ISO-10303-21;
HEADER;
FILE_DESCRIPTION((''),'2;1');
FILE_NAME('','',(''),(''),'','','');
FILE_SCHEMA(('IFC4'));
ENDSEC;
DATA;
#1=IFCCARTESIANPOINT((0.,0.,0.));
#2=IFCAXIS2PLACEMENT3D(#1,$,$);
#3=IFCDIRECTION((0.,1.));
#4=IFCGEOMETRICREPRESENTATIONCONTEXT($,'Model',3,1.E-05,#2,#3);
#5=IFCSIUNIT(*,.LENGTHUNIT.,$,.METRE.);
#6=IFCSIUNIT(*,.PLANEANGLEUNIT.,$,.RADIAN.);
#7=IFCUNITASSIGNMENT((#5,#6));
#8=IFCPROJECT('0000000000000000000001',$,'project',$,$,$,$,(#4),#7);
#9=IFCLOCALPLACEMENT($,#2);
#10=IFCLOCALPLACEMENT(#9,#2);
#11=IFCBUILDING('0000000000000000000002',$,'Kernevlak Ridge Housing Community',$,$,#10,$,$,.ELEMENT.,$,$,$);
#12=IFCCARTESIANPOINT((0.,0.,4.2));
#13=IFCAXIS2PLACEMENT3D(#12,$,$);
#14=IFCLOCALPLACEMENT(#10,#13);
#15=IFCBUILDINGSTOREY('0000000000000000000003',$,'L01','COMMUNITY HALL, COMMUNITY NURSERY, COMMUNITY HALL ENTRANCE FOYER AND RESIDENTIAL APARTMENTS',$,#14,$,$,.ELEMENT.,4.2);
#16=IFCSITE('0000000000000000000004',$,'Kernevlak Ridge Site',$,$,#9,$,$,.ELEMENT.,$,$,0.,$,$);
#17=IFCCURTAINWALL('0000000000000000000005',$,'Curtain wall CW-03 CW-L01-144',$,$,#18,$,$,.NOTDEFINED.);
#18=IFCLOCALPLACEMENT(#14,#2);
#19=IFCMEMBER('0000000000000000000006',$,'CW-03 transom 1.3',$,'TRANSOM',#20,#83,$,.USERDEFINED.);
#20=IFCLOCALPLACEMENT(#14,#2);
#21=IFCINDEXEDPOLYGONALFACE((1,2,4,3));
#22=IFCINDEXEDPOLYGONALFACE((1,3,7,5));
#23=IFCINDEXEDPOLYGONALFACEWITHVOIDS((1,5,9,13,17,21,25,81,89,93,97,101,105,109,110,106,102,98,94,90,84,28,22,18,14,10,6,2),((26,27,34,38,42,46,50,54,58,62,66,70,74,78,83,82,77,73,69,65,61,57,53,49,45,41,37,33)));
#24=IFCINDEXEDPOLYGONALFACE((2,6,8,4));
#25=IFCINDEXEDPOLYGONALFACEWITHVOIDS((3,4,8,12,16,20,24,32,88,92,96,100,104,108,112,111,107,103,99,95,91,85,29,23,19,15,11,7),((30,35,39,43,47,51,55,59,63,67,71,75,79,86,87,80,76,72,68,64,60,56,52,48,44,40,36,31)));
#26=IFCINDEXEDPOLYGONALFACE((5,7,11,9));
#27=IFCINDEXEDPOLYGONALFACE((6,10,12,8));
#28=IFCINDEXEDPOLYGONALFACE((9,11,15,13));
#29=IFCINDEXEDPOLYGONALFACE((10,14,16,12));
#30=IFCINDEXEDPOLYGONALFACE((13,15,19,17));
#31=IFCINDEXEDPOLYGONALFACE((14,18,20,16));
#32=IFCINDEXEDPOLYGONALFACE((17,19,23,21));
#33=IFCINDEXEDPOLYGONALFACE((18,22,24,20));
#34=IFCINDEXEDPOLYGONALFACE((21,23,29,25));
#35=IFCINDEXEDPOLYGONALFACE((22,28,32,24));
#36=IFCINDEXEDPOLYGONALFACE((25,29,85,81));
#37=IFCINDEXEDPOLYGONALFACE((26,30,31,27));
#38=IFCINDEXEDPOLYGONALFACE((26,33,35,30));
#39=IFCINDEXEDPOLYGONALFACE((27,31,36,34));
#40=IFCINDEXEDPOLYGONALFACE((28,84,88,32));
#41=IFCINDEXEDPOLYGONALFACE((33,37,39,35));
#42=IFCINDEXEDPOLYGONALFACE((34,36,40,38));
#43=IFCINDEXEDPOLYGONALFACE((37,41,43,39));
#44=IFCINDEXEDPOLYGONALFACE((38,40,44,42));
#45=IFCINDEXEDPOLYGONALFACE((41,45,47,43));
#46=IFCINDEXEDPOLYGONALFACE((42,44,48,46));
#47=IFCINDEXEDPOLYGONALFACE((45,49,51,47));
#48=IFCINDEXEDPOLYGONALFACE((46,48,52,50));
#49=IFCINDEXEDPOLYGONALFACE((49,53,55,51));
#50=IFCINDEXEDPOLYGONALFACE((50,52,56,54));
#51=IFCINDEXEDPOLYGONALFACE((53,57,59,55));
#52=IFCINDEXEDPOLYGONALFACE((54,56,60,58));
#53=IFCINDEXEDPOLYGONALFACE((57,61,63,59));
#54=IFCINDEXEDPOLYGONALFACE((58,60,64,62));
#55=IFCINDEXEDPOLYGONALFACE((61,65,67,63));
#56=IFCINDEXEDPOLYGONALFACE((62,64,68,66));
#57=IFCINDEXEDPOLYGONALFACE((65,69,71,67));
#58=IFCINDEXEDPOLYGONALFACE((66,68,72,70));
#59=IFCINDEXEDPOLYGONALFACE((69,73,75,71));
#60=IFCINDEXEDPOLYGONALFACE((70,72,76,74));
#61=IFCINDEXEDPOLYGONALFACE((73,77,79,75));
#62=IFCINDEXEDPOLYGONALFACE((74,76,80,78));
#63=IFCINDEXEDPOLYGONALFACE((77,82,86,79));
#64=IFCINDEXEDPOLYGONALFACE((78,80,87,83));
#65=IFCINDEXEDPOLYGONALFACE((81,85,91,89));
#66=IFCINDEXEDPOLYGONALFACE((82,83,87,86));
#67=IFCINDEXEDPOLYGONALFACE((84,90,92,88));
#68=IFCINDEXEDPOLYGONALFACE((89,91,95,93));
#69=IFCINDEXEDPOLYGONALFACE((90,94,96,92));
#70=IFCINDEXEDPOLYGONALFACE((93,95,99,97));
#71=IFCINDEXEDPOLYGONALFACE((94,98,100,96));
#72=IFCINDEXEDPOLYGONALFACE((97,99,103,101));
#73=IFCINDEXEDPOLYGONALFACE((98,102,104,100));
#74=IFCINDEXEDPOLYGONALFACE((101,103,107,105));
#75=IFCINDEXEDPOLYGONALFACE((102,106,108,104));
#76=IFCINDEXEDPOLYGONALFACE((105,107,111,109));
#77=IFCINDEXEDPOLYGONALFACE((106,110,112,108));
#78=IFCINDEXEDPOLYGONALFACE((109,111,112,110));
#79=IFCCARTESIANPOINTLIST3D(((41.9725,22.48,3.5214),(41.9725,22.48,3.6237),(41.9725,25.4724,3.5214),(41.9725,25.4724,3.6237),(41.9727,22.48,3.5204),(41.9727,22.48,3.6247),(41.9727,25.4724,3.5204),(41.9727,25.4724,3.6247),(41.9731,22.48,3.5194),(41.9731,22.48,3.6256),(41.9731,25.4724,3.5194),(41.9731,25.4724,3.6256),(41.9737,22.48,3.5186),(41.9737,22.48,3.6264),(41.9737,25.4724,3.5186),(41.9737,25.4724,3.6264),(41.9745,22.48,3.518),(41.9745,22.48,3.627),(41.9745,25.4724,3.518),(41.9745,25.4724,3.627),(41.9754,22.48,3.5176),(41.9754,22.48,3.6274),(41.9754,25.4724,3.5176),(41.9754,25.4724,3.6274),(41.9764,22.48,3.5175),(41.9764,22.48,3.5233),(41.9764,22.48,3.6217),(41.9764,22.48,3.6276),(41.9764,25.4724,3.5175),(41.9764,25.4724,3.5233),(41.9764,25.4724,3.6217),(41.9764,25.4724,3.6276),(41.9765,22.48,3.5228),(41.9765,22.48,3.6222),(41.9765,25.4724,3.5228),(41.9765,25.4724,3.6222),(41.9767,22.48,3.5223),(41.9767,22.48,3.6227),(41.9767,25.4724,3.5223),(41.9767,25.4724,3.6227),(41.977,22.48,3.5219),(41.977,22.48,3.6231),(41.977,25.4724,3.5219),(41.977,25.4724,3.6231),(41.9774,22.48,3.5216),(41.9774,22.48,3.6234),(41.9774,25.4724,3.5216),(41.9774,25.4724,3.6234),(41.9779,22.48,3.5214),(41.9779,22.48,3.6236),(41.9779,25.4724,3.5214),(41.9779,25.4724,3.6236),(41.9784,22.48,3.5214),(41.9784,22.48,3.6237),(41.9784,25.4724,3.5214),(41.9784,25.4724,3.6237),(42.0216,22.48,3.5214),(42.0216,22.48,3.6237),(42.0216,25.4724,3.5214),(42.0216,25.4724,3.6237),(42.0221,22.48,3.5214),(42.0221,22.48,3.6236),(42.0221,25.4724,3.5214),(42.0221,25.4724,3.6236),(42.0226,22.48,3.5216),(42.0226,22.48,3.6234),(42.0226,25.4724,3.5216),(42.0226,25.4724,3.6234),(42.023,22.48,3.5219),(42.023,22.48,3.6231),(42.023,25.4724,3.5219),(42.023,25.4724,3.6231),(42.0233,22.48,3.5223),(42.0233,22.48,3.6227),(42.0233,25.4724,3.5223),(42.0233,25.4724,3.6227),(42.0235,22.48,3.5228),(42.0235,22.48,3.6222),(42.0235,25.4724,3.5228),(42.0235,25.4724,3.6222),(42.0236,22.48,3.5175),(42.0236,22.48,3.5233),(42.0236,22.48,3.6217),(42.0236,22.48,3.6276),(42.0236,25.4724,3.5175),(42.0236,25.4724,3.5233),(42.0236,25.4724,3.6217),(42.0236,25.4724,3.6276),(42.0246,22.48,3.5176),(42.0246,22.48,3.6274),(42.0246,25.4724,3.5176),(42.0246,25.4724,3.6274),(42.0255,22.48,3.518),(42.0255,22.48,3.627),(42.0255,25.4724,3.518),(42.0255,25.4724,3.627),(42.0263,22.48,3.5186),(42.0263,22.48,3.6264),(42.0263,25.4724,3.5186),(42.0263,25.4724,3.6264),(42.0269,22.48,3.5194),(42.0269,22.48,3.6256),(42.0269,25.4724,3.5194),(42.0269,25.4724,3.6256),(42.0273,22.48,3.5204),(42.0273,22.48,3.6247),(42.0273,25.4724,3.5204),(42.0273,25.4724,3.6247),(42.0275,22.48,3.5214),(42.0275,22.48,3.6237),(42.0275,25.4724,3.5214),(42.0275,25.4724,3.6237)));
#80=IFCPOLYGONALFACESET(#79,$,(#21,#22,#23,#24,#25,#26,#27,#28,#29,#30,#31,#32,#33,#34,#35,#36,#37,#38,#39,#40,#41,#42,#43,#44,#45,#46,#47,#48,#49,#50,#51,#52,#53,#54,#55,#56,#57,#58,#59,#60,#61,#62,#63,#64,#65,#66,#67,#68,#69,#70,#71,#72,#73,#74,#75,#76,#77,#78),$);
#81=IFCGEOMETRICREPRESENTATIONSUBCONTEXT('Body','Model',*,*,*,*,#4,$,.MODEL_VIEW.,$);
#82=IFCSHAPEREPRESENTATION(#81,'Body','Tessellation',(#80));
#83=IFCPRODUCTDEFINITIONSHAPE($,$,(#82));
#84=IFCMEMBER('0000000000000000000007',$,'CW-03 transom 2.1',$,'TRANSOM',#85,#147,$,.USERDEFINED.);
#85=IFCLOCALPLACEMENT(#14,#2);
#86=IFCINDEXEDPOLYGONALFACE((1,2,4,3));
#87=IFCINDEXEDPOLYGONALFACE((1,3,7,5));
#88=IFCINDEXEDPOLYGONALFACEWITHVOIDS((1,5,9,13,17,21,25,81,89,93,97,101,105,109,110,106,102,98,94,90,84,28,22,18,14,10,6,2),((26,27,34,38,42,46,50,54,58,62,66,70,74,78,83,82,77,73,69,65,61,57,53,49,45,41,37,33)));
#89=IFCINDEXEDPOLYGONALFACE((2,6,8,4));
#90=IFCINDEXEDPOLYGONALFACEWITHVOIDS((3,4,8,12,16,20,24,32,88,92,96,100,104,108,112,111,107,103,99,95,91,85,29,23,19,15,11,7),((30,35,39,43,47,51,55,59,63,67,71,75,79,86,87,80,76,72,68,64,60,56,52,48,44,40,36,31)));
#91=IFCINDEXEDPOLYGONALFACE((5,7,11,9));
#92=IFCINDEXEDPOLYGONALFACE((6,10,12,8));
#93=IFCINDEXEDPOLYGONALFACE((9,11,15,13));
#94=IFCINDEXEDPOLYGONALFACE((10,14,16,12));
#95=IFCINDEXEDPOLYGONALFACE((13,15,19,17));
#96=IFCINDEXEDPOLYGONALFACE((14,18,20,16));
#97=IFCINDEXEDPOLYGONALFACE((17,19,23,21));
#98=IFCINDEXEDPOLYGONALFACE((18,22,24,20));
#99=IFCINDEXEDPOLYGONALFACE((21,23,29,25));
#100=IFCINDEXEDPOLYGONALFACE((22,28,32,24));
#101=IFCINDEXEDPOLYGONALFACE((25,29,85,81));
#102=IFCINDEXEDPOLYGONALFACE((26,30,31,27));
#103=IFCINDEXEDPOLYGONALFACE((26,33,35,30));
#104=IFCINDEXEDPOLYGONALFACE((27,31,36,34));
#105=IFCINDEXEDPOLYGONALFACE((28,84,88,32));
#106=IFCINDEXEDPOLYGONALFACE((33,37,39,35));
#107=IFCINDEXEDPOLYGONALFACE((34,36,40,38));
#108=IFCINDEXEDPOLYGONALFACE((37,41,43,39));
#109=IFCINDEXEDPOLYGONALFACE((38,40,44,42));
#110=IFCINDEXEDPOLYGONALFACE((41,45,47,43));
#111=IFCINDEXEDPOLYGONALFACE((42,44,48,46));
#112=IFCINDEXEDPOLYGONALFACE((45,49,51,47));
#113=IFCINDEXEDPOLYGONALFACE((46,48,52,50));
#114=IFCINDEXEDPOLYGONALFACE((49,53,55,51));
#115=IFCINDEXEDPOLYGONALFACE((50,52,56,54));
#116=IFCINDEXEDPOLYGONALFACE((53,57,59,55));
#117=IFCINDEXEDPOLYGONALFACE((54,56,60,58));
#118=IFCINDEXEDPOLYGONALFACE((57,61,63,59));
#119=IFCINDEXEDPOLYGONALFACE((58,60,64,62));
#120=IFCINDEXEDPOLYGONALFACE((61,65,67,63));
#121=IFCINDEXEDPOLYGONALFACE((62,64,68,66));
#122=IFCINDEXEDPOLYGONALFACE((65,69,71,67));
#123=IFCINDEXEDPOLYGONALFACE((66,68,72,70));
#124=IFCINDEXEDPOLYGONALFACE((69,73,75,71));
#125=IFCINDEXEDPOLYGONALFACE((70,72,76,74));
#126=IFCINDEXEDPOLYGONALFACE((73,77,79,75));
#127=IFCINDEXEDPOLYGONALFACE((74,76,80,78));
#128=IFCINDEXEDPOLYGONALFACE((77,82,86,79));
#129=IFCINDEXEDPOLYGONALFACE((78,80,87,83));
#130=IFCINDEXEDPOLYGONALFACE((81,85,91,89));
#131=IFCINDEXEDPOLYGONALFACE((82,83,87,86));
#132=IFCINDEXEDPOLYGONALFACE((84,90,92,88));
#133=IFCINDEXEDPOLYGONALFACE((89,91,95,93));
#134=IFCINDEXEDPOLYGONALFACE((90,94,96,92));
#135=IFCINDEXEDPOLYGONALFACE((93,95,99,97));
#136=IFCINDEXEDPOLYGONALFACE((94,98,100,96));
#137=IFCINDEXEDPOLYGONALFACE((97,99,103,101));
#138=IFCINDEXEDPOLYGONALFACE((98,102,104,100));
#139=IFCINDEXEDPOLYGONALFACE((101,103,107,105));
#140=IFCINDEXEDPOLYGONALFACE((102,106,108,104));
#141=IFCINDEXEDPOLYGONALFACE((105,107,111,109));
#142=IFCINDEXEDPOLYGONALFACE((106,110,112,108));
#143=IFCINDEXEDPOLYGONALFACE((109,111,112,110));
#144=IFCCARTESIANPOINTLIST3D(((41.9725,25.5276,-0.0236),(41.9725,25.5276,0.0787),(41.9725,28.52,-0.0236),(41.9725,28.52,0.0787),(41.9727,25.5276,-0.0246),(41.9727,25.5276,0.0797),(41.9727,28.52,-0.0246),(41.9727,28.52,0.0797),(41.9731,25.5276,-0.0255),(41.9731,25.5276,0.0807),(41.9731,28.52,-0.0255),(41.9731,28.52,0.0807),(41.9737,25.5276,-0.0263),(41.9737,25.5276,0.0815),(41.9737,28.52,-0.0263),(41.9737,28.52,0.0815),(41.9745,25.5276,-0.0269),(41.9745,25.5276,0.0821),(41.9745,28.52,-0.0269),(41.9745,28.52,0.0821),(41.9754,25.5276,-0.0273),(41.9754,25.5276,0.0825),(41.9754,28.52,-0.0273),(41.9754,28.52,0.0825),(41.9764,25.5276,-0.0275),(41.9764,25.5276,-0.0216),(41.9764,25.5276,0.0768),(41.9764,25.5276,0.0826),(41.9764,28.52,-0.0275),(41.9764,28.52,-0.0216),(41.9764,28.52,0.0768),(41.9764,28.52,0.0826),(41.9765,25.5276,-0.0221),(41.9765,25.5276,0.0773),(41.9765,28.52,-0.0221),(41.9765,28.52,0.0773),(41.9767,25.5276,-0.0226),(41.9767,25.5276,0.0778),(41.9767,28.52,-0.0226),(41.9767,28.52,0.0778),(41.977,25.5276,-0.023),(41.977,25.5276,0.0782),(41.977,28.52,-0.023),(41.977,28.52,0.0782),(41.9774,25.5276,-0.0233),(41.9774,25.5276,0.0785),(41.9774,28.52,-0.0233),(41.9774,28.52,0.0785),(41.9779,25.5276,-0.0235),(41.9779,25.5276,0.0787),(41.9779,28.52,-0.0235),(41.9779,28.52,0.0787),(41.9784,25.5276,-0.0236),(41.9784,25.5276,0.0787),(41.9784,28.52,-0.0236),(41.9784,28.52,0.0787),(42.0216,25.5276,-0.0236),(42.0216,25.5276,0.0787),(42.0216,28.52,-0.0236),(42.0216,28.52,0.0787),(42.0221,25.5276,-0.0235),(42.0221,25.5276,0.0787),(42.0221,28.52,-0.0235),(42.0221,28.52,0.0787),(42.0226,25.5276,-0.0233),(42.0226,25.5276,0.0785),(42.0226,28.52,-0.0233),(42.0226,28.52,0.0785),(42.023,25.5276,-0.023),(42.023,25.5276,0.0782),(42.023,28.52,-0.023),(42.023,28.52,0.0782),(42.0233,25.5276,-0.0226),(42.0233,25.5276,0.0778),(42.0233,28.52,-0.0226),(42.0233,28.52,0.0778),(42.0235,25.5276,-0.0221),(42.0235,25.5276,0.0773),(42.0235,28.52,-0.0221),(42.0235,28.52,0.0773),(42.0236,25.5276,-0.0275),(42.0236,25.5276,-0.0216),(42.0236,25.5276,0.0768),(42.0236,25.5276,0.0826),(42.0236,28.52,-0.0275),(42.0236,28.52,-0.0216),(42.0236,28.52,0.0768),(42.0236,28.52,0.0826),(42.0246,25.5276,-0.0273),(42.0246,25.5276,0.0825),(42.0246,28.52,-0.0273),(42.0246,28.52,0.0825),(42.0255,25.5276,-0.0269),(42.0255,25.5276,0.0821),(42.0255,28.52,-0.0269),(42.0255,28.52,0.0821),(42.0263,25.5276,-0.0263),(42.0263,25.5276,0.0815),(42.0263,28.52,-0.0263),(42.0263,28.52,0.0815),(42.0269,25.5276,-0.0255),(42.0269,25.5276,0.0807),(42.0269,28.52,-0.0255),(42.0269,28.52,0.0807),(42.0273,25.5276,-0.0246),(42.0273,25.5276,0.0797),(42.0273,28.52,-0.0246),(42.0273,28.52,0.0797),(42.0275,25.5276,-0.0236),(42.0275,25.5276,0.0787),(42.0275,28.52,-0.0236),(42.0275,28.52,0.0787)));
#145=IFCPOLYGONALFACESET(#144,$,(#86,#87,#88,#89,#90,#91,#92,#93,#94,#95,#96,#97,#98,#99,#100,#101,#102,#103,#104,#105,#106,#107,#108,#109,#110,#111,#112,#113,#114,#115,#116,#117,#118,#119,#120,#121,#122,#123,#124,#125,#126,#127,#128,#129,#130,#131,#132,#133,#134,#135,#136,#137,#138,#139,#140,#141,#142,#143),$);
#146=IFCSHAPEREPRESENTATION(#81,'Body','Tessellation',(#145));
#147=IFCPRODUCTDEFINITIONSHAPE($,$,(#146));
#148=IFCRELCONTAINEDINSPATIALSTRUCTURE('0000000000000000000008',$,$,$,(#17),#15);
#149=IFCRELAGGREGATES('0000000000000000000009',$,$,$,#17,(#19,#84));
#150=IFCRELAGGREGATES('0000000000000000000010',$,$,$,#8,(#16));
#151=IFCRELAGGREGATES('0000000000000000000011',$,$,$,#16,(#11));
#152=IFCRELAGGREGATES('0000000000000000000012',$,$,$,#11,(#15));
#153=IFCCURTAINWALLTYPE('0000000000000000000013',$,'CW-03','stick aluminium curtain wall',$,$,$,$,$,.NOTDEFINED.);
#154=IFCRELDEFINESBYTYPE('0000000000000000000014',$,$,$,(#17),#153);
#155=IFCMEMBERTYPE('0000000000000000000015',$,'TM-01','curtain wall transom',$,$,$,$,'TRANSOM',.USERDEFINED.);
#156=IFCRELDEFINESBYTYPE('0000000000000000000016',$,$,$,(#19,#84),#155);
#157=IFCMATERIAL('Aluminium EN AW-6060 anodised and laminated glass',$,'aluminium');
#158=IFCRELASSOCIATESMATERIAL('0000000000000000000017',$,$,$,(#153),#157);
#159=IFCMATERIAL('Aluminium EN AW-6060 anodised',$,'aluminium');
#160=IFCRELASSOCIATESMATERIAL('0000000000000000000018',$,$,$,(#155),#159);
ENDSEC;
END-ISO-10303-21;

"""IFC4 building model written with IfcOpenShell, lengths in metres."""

from ifc_helpers import new_model, si_unit, direction, frame, origin, origin_2d, place, context, subcontext, project, spatial, hollow_rectangle, extrude, material, material_profile, profile_set, type_object, element, aggregate, save


model = new_model("IFC4")

# Units and contexts
model_context = context("Model", 3, precision=1e-05, world=origin(), true_north=direction((0.0, 1.0)))
body_context = subcontext(model_context, "Body", "Model", "MODEL_VIEW")
ifc_project = project(units=[si_unit("LENGTHUNIT", "METRE"), si_unit("PLANEANGLEUNIT", "RADIAN")], contexts=[model_context])

# Site, building, storey
site_placement = place(None, origin())
site = spatial("IfcSite", under=ifc_project, at=site_placement, Name="Kernevlak Ridge Site", CompositionType="ELEMENT", RefElevation=0.0)
building_placement = place(site_placement, origin())
building = spatial("IfcBuilding", under=site, at=building_placement, Name="Kernevlak Ridge Housing Community", CompositionType="ELEMENT")
storey_placement = place(building_placement, frame((0.0, 0.0, 4.2)))
storey = spatial("IfcBuildingStorey", under=building, at=storey_placement, Name="L01", Description="COMMUNITY HALL, COMMUNITY NURSERY, COMMUNITY HALL ENTRANCE FOYER AND RESIDENTIAL APARTMENTS", CompositionType="ELEMENT", Elevation=4.2)

# Curtain wall
ifc_material_1 = material(Name="Aluminium EN AW-6060 anodised and laminated glass", Category="aluminium")
curtain_wall_type = type_object("IfcCurtainWallType", Name="CW-03", Description="stick aluminium curtain wall", PredefinedType="NOTDEFINED", material=ifc_material_1)
curtain_wall_placement = place(storey_placement, origin())
curtain_wall = element("IfcCurtainWall", 1, at=curtain_wall_placement, inside=storey, type_object=curtain_wall_type, Name="Curtain wall CW-03 CW-L01-144", PredefinedType="NOTDEFINED")
ifc_material_2 = material(Name="Aluminium EN AW-6060 anodised", Category="aluminium")

# Members
ifc_material_profile_1 = material_profile(ifc_material_2, hollow_rectangle(XDim=0.0549, YDim=0.1101, WallThickness=0.0039, InnerFilletRadius=0.002, OuterFilletRadius=0.0039, at=origin_2d()), Name="ALU 55x110x4")
ifc_profile_set_1 = profile_set([ifc_material_profile_1], Name="Aluminium EN AW-6060 anodised")
member_type_1 = type_object("IfcMemberType", Name="TM-01", Description="curtain wall transom", ElementType="TRANSOM", PredefinedType="USERDEFINED", material=ifc_profile_set_1)
member_1_placement = place(storey_placement, frame((42.0, 22.48, 3.5725), z_axis=(0.0, 1.0, 0.0), x_axis=(-1.0, 0.0, 0.0)))
member_1 = element("IfcMember", 2, at=member_1_placement, type_object=member_type_1, Name="CW-03 transom 1.3", ObjectType="TRANSOM", PredefinedType="USERDEFINED", context=body_context, shape_type="SweptSolid", body=[
    extrude(hollow_rectangle(XDim=0.0549, YDim=0.1101, WallThickness=0.0039, InnerFilletRadius=0.002, OuterFilletRadius=0.0039, at=origin_2d()), origin(), (0.0, 0.0, 1.0), 2.9924),
])
member_2_placement = place(storey_placement, frame((42.0, 25.5276, 0.0276), z_axis=(0.0, 1.0, 0.0), x_axis=(-1.0, 0.0, 0.0)))
member_2 = element("IfcMember", 3, at=member_2_placement, type_object=member_type_1, Name="CW-03 transom 2.1", ObjectType="TRANSOM", PredefinedType="USERDEFINED", context=body_context, shape_type="SweptSolid", body=[
    extrude(hollow_rectangle(XDim=0.0549, YDim=0.1101, WallThickness=0.0039, InnerFilletRadius=0.002, OuterFilletRadius=0.0039, at=origin_2d()), origin(), (0.0, 0.0, 1.0), 2.9924),
])

aggregate(curtain_wall, [member_1, member_2])

save(model, "model.ifc")
